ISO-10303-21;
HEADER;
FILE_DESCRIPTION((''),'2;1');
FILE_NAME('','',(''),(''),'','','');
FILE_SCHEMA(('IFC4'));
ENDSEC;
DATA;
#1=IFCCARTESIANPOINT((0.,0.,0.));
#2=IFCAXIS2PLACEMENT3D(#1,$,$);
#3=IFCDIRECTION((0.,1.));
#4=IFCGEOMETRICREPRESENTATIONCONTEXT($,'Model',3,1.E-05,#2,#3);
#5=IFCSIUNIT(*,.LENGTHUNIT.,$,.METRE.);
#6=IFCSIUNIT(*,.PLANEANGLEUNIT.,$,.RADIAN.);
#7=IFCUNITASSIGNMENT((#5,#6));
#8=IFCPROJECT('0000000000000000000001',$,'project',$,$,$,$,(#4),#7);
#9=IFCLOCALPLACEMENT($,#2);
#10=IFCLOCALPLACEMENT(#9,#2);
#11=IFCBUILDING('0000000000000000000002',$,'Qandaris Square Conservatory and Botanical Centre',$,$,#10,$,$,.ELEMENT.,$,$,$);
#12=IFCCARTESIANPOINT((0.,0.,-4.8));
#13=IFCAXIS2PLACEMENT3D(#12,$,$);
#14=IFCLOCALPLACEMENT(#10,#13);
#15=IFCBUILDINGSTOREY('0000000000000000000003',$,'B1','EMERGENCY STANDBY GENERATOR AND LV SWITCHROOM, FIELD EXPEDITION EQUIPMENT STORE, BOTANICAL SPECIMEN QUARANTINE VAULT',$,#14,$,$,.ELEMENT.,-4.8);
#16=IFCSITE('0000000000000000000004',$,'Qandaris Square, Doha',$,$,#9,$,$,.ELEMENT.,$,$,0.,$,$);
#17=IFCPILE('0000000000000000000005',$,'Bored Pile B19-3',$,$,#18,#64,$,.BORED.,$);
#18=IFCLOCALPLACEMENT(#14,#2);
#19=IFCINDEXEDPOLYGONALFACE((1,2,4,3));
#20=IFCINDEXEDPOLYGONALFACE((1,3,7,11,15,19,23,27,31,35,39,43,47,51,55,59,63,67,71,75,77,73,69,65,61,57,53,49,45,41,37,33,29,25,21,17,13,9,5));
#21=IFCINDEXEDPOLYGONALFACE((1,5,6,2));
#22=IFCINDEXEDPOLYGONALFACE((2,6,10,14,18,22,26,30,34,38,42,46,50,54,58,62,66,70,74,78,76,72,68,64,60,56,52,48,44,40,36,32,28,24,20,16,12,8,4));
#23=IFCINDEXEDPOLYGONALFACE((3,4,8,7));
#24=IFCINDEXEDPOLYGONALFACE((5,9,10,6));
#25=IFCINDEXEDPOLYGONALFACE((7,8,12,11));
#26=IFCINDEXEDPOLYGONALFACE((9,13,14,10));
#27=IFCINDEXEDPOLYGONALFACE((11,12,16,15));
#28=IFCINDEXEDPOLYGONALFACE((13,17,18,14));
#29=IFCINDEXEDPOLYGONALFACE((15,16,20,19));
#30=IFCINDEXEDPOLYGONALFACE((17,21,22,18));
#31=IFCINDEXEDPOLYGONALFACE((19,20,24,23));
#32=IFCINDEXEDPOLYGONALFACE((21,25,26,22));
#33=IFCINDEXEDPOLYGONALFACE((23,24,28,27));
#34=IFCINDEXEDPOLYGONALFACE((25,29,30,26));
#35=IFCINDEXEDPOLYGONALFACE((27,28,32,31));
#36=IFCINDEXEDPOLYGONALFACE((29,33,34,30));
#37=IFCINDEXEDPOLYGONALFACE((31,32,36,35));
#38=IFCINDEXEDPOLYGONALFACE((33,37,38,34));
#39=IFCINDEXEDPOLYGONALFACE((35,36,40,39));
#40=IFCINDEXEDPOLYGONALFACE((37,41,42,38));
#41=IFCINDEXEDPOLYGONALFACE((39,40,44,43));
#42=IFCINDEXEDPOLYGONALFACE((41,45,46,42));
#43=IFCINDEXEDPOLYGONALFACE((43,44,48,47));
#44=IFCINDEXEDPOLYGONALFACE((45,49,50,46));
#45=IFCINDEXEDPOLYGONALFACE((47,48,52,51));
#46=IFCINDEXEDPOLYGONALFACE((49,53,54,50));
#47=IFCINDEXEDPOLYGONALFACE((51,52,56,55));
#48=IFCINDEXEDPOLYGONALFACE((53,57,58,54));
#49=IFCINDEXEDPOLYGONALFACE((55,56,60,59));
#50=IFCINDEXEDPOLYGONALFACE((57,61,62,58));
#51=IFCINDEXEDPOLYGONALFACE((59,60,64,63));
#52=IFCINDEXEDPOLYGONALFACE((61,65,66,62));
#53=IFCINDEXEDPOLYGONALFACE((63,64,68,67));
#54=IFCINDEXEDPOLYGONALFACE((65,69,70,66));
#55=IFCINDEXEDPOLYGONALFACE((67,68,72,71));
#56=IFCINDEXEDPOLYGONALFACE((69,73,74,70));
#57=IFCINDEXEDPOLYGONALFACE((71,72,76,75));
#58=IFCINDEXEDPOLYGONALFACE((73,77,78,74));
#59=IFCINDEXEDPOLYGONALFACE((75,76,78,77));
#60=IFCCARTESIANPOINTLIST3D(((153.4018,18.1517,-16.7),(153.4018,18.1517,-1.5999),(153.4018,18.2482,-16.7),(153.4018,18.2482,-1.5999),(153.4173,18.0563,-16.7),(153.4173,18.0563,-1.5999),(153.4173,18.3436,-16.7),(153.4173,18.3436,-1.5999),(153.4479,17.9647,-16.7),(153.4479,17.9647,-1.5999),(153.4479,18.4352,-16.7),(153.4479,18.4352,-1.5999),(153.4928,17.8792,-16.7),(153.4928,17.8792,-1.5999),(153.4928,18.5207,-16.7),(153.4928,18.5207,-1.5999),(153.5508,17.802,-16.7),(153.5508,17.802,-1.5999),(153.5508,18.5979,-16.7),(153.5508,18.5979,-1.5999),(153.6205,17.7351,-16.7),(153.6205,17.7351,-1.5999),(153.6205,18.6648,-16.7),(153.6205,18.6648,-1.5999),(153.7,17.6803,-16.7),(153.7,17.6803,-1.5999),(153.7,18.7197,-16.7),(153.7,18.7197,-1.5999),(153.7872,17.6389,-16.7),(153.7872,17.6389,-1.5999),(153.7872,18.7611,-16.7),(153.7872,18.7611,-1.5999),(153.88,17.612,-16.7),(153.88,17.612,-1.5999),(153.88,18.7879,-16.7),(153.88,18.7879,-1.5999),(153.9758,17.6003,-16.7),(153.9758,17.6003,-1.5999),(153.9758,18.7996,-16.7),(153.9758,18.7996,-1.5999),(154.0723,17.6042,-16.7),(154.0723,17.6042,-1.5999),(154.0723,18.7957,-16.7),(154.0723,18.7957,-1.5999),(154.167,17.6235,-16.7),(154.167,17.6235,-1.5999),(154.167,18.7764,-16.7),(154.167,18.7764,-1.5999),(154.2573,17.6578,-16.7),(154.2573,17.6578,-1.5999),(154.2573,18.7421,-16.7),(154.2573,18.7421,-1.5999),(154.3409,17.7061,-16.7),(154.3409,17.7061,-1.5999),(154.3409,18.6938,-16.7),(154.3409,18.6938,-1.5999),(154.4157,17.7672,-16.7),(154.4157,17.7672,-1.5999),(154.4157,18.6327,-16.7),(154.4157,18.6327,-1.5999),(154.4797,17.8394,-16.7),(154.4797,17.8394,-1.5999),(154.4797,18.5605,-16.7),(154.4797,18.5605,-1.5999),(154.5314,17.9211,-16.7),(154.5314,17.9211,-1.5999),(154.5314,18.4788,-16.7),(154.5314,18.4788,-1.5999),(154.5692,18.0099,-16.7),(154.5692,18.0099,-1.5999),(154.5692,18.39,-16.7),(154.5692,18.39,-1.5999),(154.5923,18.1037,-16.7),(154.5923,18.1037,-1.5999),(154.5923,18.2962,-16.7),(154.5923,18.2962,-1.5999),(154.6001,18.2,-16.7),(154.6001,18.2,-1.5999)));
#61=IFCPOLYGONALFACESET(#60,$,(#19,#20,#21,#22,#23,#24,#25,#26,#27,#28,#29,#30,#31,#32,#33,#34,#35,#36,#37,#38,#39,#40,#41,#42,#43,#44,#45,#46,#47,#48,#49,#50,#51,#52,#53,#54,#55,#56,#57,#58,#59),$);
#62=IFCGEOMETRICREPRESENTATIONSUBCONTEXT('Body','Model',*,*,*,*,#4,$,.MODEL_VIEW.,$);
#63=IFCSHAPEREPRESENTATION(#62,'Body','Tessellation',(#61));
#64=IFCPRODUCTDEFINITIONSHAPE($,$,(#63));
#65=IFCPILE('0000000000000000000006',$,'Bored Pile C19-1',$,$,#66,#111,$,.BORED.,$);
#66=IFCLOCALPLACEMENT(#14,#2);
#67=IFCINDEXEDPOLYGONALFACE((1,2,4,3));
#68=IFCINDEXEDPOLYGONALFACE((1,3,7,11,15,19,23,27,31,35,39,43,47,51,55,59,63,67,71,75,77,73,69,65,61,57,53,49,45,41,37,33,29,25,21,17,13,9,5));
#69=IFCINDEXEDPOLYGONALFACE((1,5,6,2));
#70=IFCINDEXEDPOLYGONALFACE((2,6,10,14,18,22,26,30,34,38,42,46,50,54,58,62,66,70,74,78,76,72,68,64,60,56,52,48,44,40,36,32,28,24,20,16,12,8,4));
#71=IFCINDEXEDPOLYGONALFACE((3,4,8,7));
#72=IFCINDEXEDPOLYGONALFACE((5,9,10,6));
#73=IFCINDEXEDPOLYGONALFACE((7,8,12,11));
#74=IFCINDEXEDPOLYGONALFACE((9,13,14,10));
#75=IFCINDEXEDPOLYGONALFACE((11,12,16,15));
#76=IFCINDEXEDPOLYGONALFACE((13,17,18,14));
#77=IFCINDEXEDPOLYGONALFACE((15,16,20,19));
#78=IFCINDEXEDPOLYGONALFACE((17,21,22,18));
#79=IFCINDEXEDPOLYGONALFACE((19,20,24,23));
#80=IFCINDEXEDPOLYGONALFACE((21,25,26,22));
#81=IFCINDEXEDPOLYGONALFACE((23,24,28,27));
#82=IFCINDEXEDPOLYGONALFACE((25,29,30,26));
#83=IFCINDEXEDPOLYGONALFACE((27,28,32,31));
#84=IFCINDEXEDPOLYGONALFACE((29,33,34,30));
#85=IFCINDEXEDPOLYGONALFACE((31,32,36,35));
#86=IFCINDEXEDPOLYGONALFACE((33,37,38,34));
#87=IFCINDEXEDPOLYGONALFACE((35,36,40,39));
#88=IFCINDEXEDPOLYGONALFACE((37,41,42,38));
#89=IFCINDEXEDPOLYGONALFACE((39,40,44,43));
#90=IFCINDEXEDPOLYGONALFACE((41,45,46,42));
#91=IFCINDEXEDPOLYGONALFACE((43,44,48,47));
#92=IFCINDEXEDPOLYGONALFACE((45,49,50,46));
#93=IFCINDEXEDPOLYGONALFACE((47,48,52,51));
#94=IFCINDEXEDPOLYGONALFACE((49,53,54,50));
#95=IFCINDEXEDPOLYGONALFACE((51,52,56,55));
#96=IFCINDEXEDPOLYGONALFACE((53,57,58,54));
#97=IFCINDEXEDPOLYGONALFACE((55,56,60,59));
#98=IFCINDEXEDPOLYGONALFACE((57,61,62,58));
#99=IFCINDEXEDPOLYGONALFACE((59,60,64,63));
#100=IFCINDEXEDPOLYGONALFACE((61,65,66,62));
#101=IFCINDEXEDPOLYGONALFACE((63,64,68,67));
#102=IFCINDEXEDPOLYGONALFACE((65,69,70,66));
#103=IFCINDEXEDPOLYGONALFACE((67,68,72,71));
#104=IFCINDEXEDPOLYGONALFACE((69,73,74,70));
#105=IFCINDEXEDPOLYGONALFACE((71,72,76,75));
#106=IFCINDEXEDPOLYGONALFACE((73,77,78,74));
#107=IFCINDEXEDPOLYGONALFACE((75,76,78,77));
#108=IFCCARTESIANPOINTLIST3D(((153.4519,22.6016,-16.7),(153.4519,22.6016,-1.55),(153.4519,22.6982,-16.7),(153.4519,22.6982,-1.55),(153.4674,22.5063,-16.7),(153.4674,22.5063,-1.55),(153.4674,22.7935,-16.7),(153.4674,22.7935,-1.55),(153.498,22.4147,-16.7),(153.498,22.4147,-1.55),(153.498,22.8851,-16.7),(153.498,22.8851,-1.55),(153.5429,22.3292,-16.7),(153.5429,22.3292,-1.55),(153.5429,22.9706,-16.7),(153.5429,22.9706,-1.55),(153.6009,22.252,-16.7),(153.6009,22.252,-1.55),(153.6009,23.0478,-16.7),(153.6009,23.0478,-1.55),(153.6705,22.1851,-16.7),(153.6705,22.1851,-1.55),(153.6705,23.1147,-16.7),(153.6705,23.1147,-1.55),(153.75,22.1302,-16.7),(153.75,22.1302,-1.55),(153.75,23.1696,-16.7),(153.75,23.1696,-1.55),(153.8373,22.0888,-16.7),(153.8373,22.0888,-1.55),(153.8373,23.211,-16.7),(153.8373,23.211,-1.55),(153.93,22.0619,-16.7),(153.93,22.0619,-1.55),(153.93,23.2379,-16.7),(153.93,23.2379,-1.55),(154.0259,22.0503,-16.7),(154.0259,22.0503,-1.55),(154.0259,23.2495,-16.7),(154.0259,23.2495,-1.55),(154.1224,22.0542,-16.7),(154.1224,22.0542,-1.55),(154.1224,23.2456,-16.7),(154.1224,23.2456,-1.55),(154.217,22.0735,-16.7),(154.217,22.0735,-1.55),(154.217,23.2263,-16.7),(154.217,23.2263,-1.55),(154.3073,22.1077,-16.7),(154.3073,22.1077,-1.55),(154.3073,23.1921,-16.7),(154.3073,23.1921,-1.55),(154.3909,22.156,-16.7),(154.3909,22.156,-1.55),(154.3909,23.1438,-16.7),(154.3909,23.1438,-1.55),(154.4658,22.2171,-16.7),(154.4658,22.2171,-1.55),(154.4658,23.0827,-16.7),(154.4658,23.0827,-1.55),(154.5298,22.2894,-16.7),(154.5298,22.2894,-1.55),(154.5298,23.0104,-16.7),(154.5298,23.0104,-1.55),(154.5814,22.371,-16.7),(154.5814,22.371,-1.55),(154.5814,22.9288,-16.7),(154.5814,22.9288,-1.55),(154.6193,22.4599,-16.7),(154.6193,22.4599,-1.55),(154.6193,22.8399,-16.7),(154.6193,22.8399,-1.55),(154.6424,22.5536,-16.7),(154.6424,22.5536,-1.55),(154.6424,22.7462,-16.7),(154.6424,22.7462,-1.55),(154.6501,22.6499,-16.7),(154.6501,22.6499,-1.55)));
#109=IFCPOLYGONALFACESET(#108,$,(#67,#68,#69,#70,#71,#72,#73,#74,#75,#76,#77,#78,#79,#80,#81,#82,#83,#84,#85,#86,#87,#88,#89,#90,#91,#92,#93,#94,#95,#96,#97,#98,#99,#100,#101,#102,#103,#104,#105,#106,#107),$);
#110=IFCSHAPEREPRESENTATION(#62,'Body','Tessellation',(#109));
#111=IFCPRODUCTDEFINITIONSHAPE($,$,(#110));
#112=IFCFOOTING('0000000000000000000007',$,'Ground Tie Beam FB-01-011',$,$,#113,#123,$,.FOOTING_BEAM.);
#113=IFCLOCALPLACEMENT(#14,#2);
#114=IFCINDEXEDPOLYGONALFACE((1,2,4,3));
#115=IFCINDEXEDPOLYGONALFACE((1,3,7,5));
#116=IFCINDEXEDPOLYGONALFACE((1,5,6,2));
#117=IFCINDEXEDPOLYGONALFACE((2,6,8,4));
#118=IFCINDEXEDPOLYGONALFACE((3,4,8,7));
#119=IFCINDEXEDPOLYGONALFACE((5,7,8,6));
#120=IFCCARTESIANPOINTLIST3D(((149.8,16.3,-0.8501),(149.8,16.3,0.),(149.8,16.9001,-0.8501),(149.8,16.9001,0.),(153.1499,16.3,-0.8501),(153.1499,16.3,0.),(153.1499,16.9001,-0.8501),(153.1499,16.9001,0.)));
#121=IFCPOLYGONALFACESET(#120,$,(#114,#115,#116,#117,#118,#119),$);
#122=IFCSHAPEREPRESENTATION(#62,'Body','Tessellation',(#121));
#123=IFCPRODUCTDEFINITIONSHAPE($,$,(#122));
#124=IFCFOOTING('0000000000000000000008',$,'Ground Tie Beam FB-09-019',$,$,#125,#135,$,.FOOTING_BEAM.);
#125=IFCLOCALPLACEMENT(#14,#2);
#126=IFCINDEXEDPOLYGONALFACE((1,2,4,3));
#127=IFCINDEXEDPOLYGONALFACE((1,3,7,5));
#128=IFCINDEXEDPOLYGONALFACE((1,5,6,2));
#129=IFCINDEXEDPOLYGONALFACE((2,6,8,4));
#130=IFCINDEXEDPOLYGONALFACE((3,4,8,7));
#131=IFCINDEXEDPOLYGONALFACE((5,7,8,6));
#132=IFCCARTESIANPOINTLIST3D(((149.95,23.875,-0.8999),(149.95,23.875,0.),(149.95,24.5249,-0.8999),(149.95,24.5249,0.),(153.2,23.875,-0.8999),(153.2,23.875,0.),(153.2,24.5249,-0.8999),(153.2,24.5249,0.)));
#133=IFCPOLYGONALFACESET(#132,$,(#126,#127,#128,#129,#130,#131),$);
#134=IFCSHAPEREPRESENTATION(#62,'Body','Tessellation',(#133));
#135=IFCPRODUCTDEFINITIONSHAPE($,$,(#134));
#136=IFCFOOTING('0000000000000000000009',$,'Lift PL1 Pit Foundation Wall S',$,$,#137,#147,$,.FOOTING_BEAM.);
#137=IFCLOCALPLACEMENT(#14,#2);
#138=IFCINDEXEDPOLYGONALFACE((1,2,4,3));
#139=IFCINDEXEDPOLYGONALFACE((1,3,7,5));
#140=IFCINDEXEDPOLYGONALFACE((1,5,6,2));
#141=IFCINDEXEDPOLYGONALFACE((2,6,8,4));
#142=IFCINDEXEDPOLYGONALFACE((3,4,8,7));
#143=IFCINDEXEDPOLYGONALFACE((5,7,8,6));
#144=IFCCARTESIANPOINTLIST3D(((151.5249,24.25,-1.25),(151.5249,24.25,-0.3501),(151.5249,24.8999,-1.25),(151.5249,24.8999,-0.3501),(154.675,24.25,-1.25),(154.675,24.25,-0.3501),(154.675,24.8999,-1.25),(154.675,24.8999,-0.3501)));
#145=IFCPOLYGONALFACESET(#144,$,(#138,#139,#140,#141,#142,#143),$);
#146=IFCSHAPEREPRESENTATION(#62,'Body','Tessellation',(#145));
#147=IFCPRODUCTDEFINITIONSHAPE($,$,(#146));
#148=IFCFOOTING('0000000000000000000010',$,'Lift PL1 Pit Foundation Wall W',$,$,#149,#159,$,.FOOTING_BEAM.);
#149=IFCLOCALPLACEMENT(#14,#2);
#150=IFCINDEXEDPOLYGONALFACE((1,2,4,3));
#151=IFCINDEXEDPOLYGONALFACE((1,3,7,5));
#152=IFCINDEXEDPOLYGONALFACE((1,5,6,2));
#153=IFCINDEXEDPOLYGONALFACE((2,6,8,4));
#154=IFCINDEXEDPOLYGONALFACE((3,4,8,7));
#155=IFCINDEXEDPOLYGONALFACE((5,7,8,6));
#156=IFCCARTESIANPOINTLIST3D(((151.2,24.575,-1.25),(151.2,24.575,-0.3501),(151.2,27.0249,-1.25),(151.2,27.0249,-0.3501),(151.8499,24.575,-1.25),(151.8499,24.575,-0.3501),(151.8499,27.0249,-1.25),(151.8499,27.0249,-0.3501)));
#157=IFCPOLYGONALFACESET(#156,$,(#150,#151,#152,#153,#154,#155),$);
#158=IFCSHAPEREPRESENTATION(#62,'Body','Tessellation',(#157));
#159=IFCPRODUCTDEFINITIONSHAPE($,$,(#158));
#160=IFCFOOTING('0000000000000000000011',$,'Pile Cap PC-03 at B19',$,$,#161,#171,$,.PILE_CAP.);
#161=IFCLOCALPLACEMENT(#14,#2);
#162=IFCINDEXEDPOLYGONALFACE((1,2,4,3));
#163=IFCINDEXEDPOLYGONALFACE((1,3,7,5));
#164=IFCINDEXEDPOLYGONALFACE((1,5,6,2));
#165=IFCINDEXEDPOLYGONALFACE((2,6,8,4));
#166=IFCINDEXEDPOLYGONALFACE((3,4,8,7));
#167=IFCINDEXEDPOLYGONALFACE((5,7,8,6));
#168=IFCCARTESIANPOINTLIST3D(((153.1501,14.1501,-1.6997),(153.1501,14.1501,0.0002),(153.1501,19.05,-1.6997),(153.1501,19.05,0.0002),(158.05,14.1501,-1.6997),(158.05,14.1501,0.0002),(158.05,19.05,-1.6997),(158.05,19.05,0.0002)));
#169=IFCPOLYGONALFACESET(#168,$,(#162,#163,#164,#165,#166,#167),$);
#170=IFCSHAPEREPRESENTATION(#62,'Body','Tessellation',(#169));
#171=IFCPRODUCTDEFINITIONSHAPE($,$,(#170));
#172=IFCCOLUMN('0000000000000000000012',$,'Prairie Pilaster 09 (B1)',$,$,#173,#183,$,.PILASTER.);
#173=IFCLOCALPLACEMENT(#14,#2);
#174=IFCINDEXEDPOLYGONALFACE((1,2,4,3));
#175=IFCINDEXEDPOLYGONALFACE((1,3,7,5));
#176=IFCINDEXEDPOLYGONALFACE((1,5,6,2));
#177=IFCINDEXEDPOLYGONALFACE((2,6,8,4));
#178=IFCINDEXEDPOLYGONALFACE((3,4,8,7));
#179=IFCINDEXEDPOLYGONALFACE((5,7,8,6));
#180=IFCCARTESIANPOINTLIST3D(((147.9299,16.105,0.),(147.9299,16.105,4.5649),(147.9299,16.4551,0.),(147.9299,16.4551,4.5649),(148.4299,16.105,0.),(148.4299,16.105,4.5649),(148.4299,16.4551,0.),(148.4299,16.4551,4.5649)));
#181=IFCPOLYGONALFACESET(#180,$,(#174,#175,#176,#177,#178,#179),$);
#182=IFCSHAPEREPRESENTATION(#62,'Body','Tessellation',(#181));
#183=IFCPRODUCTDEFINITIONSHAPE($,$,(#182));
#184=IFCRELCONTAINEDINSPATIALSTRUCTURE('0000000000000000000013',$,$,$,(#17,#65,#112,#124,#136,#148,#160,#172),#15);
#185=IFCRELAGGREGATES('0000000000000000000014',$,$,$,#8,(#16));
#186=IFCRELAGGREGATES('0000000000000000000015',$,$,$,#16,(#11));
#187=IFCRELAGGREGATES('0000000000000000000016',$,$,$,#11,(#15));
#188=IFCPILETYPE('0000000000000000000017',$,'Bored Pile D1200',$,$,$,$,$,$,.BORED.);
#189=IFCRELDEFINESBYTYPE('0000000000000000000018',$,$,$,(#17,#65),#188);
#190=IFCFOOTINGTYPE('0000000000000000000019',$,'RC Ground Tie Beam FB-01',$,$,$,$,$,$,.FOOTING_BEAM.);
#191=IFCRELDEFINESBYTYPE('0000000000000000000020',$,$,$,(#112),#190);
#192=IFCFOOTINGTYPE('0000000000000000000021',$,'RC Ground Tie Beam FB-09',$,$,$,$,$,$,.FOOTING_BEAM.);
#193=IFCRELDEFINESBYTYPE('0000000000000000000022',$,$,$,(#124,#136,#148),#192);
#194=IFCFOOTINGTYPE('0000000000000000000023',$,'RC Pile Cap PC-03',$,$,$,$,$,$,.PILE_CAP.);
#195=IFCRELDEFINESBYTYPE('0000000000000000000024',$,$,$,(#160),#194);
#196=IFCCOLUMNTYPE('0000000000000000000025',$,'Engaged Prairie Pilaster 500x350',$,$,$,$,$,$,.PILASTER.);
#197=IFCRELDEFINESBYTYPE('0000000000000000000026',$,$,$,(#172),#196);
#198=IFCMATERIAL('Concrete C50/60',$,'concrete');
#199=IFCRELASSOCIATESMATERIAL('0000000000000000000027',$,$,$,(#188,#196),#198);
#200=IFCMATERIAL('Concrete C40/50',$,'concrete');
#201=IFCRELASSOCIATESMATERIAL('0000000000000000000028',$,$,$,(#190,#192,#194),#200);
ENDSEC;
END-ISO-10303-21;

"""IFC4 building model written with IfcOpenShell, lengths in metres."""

from ifc_helpers import new_model, si_unit, direction, frame, origin, origin_2d, place, context, subcontext, project, spatial, rectangle, circle, extrude, material, material_profile, profile_set, type_object, element, save


model = new_model("IFC4")

# Units and contexts
model_context = context("Model", 3, precision=1e-05, world=origin(), true_north=direction((0.0, 1.0)))
body_context = subcontext(model_context, "Body", "Model", "MODEL_VIEW")
ifc_project = project(units=[si_unit("LENGTHUNIT", "METRE"), si_unit("PLANEANGLEUNIT", "RADIAN")], contexts=[model_context])

# Site, building, storey
site_placement = place(None, origin())
site = spatial("IfcSite", under=ifc_project, at=site_placement, Name="Qandaris Square, Doha", CompositionType="ELEMENT", RefElevation=0.0)
building_placement = place(site_placement, origin())
building = spatial("IfcBuilding", under=site, at=building_placement, Name="Qandaris Square Conservatory and Botanical Centre", CompositionType="ELEMENT")
storey_placement = place(building_placement, frame((0.0, 0.0, -4.8)))
storey = spatial("IfcBuildingStorey", under=building, at=storey_placement, Name="B1", Description="EMERGENCY STANDBY GENERATOR AND LV SWITCHROOM, FIELD EXPEDITION EQUIPMENT STORE, BOTANICAL SPECIMEN QUARANTINE VAULT", CompositionType="ELEMENT", Elevation=-4.8)

# Piles
ifc_material_1 = material(Name="Concrete C50/60", Category="concrete")
ifc_material_profile_1 = material_profile(ifc_material_1, circle(Radius=0.6001, at=origin_2d()), Name="PILE D1200")
ifc_profile_set_1 = profile_set([ifc_material_profile_1], Name="Concrete C50/60")
pile_type = type_object("IfcPileType", Name="Bored Pile D1200", PredefinedType="BORED", material=ifc_profile_set_1)
for number, where, z_axis, x_axis, name in (
    (1, (154.0, 18.2, -1.5999), (0.0, 0.0, -1.0), (1.0, 0.0, 0.0), "Bored Pile B19-3"),
):
    element("IfcPile", number, at=place(storey_placement, frame(where, z_axis=z_axis, x_axis=x_axis)), inside=storey, type_object=pile_type, Name=name, PredefinedType="BORED", context=body_context, shape_type="SweptSolid", body=[
        extrude(circle(Radius=0.6001, at=origin_2d()), origin(), (0.0, 0.0, 1.0), 15.1001),
    ])
pile_1_placement = place(storey_placement, frame((154.05, 22.6499, -1.55), z_axis=(0.0, 0.0, -1.0), x_axis=(1.0, 0.0, 0.0)))
element("IfcPile", 2, at=pile_1_placement, inside=storey, type_object=pile_type, Name="Bored Pile C19-1", PredefinedType="BORED", context=body_context, shape_type="SweptSolid", body=[
    extrude(circle(Radius=0.6001, at=origin_2d()), origin(), (0.0, 0.0, 1.0), 15.1499),
])

# Footings
ifc_material_2 = material(Name="Concrete C40/50", Category="concrete")
ifc_material_profile_2 = material_profile(ifc_material_2, rectangle(XDim=0.6001, YDim=0.8501, at=origin_2d()), Name="FB 600x850")
ifc_profile_set_2 = profile_set([ifc_material_profile_2], Name="Concrete C40/50")
footing_type_1 = type_object("IfcFootingType", Name="RC Ground Tie Beam FB-01", PredefinedType="FOOTING_BEAM", material=ifc_profile_set_2)
footing_1_placement = place(storey_placement, frame((149.8, 16.6001, -0.425), z_axis=(1.0, 0.0, 0.0), x_axis=(0.0, 1.0, 0.0)))
element("IfcFooting", 3, at=footing_1_placement, inside=storey, type_object=footing_type_1, Name="Ground Tie Beam FB-01-011", PredefinedType="FOOTING_BEAM", context=body_context, shape_type="SweptSolid", body=[
    extrude(rectangle(XDim=0.6001, YDim=0.8501, at=origin_2d()), origin(), (0.0, 0.0, 1.0), 3.3499),
])
ifc_material_profile_3 = material_profile(ifc_material_2, rectangle(XDim=0.6499, YDim=0.8999, at=origin_2d()), Name="FB 650x900")
ifc_profile_set_3 = profile_set([ifc_material_profile_3], Name="Concrete C40/50")
footing_type_2 = type_object("IfcFootingType", Name="RC Ground Tie Beam FB-09", PredefinedType="FOOTING_BEAM", material=ifc_profile_set_3)
footing_2_placement = place(storey_placement, frame((149.95, 24.2, -0.45), z_axis=(1.0, 0.0, 0.0), x_axis=(0.0, 1.0, 0.0)))
element("IfcFooting", 4, at=footing_2_placement, inside=storey, type_object=footing_type_2, Name="Ground Tie Beam FB-09-019", PredefinedType="FOOTING_BEAM", context=body_context, shape_type="SweptSolid", body=[
    extrude(rectangle(XDim=0.6499, YDim=0.8999, at=origin_2d()), origin(), (0.0, 0.0, 1.0), 3.25),
])
footing_3_placement = place(storey_placement, frame((151.5249, 24.575, -0.8), z_axis=(1.0, 0.0, 0.0), x_axis=(0.0, 1.0, 0.0)))
element("IfcFooting", 5, at=footing_3_placement, inside=storey, type_object=footing_type_2, Name="Lift PL1 Pit Foundation Wall S", PredefinedType="FOOTING_BEAM", context=body_context, shape_type="SweptSolid", body=[
    extrude(rectangle(XDim=0.6499, YDim=0.8999, at=origin_2d()), origin(), (0.0, 0.0, 1.0), 3.1501),
])
footing_4_placement = place(storey_placement, frame((151.5249, 24.575, -0.8), z_axis=(0.0, 1.0, 0.0), x_axis=(-1.0, 0.0, 0.0)))
element("IfcFooting", 6, at=footing_4_placement, inside=storey, type_object=footing_type_2, Name="Lift PL1 Pit Foundation Wall W", PredefinedType="FOOTING_BEAM", context=body_context, shape_type="SweptSolid", body=[
    extrude(rectangle(XDim=0.6499, YDim=0.8999, at=origin_2d()), origin(), (0.0, 0.0, 1.0), 2.45),
])
footing_type_3 = type_object("IfcFootingType", Name="RC Pile Cap PC-03", PredefinedType="PILE_CAP", material=ifc_material_2)
footing_5_placement = place(storey_placement, frame((155.6001, 16.6001, -1.6997), z_axis=(0.0, 0.0, 1.0), x_axis=(1.0, 0.0, 0.0)))
element("IfcFooting", 7, at=footing_5_placement, inside=storey, type_object=footing_type_3, Name="Pile Cap PC-03 at B19", PredefinedType="PILE_CAP", context=body_context, shape_type="SweptSolid", body=[
    extrude(rectangle(XDim=4.8999, YDim=4.8999, at=origin_2d()), origin(), (0.0, 0.0, 1.0), 1.7),
])

# Column
ifc_material_profile_4 = material_profile(ifc_material_1, rectangle(XDim=0.5, YDim=0.3501, at=origin_2d()), Name="RC-PIL 500x350")
ifc_profile_set_4 = profile_set([ifc_material_profile_4], Name="Concrete C50/60")
column_type_1 = type_object("IfcColumnType", Name="Engaged Prairie Pilaster 500x350", PredefinedType="PILASTER", material=ifc_profile_set_4)
column_1_placement = place(storey_placement, frame((148.1799, 16.28, 0.0), z_axis=(0.0, 0.0, 1.0), x_axis=(1.0, 0.0, 0.0)))
element("IfcColumn", 8, at=column_1_placement, inside=storey, type_object=column_type_1, Name="Prairie Pilaster 09 (B1)", PredefinedType="PILASTER", context=body_context, shape_type="SweptSolid", body=[
    extrude(rectangle(XDim=0.5, YDim=0.3501, at=origin_2d()), origin(), (0.0, 0.0, 1.0), 4.5649),
])

save(model, "model.ifc")
